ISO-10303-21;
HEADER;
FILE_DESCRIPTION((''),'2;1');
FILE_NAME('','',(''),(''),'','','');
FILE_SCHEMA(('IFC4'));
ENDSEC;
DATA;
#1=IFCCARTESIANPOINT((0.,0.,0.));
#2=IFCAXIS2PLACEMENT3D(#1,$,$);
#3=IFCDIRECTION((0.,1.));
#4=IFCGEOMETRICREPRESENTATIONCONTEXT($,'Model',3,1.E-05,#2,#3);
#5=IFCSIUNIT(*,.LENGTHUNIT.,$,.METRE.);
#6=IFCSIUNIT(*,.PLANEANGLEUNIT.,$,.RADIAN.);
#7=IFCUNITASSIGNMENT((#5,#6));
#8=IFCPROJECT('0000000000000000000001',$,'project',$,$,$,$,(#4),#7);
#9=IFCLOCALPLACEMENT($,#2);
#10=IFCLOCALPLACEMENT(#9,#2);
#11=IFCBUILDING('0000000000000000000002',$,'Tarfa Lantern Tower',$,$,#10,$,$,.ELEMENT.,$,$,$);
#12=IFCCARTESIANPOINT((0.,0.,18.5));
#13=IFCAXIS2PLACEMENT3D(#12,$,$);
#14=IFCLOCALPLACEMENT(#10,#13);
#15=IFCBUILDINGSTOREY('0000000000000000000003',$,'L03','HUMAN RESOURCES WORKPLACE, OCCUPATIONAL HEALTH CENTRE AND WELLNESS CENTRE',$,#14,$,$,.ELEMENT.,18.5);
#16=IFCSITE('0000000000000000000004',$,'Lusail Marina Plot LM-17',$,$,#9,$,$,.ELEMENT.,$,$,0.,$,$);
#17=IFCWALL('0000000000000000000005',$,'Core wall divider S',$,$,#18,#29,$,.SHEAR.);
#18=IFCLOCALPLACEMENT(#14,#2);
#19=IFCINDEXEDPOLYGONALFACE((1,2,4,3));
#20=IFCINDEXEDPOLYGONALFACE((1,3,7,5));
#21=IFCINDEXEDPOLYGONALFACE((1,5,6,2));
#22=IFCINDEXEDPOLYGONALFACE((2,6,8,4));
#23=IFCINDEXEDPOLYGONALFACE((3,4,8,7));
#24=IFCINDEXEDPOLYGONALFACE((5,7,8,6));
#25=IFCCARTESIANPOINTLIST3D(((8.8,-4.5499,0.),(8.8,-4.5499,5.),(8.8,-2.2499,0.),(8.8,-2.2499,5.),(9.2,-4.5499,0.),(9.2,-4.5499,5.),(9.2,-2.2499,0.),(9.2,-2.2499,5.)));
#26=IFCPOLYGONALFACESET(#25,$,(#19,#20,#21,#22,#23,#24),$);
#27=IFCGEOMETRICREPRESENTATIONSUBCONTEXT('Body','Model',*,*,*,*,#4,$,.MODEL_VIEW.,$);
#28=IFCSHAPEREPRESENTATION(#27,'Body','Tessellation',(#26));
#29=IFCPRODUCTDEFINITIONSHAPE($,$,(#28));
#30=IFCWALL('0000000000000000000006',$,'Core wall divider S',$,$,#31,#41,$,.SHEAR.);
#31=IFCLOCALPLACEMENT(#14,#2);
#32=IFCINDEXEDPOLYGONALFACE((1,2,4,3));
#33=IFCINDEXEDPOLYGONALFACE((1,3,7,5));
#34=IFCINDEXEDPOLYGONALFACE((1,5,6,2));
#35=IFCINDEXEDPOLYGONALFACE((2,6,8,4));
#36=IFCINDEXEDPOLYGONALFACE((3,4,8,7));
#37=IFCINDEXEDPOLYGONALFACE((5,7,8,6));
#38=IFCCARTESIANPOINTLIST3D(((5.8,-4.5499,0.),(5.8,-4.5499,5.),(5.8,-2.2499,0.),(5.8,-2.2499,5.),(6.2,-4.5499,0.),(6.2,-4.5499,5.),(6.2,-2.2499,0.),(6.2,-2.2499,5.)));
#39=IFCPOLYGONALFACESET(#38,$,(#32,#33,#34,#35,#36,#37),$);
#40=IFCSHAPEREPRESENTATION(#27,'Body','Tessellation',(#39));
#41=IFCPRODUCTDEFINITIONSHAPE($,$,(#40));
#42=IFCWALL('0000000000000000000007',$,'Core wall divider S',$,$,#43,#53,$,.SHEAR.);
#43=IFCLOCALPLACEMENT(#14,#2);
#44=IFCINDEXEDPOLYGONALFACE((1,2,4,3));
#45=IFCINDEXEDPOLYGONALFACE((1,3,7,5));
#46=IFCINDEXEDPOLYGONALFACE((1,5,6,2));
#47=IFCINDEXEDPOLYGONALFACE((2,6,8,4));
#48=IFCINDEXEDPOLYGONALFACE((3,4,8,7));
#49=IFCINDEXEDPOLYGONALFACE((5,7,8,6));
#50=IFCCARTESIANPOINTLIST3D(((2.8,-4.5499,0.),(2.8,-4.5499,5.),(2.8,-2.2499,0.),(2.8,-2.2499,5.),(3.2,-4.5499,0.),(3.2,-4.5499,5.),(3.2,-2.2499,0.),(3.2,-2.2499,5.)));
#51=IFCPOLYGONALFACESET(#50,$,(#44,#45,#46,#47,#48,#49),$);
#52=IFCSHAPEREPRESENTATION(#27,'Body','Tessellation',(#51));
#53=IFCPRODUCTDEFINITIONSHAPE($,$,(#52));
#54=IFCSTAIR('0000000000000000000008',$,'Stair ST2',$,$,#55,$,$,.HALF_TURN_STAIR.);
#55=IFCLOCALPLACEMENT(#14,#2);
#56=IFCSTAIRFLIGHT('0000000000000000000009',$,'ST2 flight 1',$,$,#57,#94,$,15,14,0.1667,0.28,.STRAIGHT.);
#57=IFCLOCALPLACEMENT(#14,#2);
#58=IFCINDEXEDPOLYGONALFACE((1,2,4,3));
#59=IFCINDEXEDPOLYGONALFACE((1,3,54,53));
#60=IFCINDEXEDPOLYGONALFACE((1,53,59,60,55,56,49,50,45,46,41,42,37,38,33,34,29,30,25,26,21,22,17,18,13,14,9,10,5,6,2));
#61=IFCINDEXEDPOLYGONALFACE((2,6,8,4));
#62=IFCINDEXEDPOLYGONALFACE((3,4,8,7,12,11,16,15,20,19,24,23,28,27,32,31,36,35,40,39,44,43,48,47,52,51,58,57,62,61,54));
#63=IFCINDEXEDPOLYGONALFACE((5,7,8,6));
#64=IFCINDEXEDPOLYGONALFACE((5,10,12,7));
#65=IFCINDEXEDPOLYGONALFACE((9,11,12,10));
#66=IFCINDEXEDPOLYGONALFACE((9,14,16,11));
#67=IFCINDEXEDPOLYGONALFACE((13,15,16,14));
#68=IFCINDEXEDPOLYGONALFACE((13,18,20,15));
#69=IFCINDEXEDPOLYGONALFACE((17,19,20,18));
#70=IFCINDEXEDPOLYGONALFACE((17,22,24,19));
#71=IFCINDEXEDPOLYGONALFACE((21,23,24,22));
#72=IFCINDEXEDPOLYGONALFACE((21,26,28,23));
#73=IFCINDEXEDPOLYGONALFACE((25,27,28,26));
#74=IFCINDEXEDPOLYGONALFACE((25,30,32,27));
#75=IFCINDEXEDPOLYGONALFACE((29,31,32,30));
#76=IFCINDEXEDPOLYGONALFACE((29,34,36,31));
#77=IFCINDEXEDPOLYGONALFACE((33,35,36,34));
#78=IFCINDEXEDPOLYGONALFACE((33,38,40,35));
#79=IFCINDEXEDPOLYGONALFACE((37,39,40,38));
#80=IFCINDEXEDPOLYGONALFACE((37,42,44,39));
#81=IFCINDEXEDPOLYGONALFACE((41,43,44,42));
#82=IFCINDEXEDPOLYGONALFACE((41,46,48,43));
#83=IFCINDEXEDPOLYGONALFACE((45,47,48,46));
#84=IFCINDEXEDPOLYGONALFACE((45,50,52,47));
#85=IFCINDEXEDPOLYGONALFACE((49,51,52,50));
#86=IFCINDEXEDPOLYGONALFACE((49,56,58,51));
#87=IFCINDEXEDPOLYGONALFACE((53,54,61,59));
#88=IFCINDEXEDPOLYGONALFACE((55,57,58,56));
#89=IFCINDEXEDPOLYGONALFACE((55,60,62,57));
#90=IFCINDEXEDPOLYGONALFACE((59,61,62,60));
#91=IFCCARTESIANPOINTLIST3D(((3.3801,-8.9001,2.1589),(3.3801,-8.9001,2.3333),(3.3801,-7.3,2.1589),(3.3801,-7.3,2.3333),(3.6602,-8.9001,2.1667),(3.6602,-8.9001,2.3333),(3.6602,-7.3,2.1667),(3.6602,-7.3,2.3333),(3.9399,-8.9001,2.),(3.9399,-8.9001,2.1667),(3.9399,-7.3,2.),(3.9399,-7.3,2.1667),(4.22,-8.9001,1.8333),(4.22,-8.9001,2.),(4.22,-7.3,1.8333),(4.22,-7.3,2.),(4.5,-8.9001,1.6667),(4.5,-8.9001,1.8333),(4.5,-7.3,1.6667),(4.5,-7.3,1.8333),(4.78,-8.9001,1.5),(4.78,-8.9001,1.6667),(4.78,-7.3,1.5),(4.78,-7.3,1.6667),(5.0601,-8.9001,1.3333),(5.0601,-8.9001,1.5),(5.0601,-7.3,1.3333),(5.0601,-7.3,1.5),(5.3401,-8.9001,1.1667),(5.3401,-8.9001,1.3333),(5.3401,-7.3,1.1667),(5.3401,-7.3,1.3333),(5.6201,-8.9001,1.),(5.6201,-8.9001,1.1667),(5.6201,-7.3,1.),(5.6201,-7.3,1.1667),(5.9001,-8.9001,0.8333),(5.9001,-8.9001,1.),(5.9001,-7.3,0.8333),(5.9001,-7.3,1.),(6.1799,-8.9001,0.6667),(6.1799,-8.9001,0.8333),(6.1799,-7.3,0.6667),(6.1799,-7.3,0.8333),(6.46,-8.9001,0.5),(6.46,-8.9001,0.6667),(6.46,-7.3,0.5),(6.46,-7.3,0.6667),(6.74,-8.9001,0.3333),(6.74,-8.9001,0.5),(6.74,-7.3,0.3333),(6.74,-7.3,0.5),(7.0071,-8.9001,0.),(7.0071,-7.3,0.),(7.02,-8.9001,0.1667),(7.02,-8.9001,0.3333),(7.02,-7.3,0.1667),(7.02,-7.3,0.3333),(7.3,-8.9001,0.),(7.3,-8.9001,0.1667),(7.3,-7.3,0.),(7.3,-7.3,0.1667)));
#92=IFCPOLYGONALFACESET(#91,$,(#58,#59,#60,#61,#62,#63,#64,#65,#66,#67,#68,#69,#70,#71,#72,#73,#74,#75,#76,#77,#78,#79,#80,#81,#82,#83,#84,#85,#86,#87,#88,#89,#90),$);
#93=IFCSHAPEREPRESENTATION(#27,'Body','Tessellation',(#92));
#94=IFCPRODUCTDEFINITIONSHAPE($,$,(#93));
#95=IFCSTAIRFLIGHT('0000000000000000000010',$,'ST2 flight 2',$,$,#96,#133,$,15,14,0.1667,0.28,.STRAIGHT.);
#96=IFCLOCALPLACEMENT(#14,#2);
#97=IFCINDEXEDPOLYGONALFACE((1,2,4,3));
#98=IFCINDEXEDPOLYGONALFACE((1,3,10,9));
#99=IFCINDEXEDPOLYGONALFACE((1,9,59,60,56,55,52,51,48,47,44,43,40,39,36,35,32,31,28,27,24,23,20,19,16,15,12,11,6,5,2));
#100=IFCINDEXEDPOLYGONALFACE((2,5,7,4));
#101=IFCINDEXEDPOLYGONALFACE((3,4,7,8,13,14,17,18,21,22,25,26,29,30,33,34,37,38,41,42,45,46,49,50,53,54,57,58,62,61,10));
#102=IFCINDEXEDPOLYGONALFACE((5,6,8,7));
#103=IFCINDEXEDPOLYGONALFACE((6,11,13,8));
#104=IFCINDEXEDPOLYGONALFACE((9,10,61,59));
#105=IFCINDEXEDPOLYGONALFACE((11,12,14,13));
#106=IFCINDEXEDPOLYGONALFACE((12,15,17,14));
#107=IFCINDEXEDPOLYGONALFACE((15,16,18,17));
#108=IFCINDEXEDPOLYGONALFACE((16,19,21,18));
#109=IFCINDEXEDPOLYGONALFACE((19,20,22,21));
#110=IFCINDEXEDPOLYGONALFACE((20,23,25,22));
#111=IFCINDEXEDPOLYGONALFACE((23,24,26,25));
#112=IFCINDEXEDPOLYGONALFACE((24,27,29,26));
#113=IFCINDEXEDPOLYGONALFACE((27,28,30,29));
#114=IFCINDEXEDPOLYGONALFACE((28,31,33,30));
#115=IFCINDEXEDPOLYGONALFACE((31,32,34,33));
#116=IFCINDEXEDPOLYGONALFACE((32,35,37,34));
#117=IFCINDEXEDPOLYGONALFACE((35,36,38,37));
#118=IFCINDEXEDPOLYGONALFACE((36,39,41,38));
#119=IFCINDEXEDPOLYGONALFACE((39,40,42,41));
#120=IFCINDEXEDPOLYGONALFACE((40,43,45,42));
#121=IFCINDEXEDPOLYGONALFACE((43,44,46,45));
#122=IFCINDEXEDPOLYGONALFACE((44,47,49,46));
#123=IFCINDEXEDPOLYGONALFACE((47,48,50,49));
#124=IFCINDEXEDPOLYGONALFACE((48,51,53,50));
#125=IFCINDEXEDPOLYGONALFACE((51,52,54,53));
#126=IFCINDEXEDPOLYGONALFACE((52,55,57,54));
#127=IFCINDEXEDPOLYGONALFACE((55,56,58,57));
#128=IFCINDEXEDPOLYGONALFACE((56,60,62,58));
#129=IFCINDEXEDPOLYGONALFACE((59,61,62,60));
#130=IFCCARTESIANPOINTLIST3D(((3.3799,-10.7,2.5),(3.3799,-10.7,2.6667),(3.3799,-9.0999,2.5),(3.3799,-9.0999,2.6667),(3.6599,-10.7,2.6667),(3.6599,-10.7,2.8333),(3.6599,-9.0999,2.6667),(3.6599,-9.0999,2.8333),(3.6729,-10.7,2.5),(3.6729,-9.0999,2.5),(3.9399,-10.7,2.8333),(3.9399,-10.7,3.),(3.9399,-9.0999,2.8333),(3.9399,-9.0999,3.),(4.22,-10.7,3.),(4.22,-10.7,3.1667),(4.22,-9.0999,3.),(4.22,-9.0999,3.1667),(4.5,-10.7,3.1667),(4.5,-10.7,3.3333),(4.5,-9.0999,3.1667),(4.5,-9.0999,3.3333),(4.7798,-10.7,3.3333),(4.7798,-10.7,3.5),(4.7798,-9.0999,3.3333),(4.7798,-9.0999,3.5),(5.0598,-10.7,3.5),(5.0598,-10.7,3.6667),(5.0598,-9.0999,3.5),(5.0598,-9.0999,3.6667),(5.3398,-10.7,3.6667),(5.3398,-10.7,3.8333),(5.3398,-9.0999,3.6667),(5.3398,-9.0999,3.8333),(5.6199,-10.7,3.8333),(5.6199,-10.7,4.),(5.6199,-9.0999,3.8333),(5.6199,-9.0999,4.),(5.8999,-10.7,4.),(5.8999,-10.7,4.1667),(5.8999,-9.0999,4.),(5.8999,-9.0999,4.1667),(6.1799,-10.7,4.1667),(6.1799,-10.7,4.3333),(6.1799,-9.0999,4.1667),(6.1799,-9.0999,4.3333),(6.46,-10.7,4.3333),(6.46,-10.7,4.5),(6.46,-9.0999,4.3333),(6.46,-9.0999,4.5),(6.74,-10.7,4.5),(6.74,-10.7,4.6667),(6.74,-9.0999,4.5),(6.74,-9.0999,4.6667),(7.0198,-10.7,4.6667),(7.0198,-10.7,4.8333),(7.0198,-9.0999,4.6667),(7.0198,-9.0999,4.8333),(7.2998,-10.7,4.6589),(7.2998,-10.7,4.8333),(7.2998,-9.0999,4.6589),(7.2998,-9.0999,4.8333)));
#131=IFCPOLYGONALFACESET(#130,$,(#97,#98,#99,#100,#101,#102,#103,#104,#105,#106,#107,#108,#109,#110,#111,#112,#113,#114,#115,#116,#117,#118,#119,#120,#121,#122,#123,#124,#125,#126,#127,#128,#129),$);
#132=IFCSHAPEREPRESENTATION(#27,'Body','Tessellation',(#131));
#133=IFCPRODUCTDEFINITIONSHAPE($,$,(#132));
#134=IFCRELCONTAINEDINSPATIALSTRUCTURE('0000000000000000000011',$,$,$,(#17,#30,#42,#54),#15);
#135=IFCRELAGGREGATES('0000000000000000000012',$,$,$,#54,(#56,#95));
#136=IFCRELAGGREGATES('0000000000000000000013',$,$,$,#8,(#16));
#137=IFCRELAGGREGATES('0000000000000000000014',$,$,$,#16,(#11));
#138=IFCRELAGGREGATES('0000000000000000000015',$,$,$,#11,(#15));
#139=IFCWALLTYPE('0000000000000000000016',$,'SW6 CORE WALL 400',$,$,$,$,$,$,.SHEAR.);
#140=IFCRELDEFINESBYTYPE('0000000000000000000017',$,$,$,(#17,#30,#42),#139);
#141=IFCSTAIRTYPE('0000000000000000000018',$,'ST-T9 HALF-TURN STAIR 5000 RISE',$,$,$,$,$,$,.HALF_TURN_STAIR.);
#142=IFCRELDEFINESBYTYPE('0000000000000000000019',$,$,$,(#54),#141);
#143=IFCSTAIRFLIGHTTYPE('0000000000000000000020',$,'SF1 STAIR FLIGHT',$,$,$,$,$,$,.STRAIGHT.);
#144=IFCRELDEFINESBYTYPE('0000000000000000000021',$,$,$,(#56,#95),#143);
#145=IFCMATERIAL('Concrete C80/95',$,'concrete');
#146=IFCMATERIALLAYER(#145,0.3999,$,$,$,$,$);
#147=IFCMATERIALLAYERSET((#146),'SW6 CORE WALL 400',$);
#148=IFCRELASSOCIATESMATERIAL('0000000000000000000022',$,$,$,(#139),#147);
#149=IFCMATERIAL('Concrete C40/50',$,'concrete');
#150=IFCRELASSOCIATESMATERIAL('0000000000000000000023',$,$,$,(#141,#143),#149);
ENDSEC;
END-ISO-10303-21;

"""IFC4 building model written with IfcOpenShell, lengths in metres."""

from ifc_helpers import new_model, si_unit, direction, frame, frame_2d, origin, place, context, subcontext, project, spatial, polyline, rectangle, outline, extrude, material, layer, layer_set, type_object, element, aggregate, save


model = new_model("IFC4")

# Units and contexts
model_context = context("Model", 3, precision=1e-05, world=origin(), true_north=direction((0.0, 1.0)))
body_context = subcontext(model_context, "Body", "Model", "MODEL_VIEW")
ifc_project = project(units=[si_unit("LENGTHUNIT", "METRE"), si_unit("PLANEANGLEUNIT", "RADIAN")], contexts=[model_context])

# Site, building, storey
site_placement = place(None, origin())
site = spatial("IfcSite", under=ifc_project, at=site_placement, Name="Lusail Marina Plot LM-17", CompositionType="ELEMENT", RefElevation=0.0)
building_placement = place(site_placement, origin())
building = spatial("IfcBuilding", under=site, at=building_placement, Name="Tarfa Lantern Tower", CompositionType="ELEMENT")
storey_placement = place(building_placement, frame((0.0, 0.0, 18.5)))
storey = spatial("IfcBuildingStorey", under=building, at=storey_placement, Name="L03", Description="HUMAN RESOURCES WORKPLACE, OCCUPATIONAL HEALTH CENTRE AND WELLNESS CENTRE", CompositionType="ELEMENT", Elevation=18.5)

# Shared definitions
ifc_material_1 = material(Name="Concrete C40/50", Category="concrete")

# Shared definitions
ifc_material_2 = material(Name="Concrete C80/95", Category="concrete")

# Walls
ifc_layer_1 = layer(ifc_material_2, 0.3999)
ifc_layer_set_1 = layer_set([ifc_layer_1], Name="SW6 CORE WALL 400")
wall_type_1 = type_object("IfcWallType", Name="SW6 CORE WALL 400", PredefinedType="SHEAR", material=ifc_layer_set_1)
for number, where, z_axis, x_axis, name in (
    (1, (9.0, -2.25, 0.0), (0.0, 0.0, 1.0), (0.0, -1.0, 0.0), "Core wall divider S"),
    (2, (6.0, -2.25, 0.0), (0.0, 0.0, 1.0), (0.0, -1.0, 0.0), "Core wall divider S"),
    (3, (3.0, -2.25, 0.0), (0.0, 0.0, 1.0), (0.0, -1.0, 0.0), "Core wall divider S"),
):
    element("IfcWall", number, at=place(storey_placement, frame(where, z_axis=z_axis, x_axis=x_axis)), inside=storey, type_object=wall_type_1, Name=name, PredefinedType="SHEAR", context=body_context, shape_type="SweptSolid", body=[
        extrude(rectangle(XDim=2.3, YDim=0.3999, at=frame_2d((1.1499, 0.0))), origin(), (0.0, 0.0, 1.0), 5.0),
    ])

# Stair, stair flights
stair_type = type_object("IfcStairType", Name="ST-T9 HALF-TURN STAIR 5000 RISE", PredefinedType="HALF_TURN_STAIR", material=ifc_material_1)
stair_placement = place(storey_placement, origin())
stair = element("IfcStair", 4, at=stair_placement, inside=storey, type_object=stair_type, Name="Stair ST2", PredefinedType="HALF_TURN_STAIR")
stair_flight_type = type_object("IfcStairFlightType", Name="SF1 STAIR FLIGHT", PredefinedType="STRAIGHT", material=ifc_material_1)
stair_flight_1_placement = place(storey_placement, frame((7.3, -8.1001, 0.0), z_axis=(0.0, 0.0, 1.0), x_axis=(-1.0, 0.0, 0.0)))
stair_flight_1 = element("IfcStairFlight", 5, at=stair_flight_1_placement, type_object=stair_flight_type, Name="ST2 flight 1", NumberOfRisers=15, NumberOfTreads=14, PredefinedType="STRAIGHT", RiserHeight=0.1667, TreadLength=0.28, context=body_context, shape_type="SweptSolid", body=[
    extrude(outline(polyline([(0.0, 0.0), (0.0, 0.1667), (0.28, 0.1667), (0.28, 0.3333), (0.5601, 0.3333), (0.5601, 0.5), (0.8401, 0.5), (0.8401, 0.6667), (1.1201, 0.6667), (1.1201, 0.8333), (1.3999, 0.8333), (1.3999, 1.0), (1.6799, 1.0), (1.6799, 1.1667), (1.96, 1.1667), (1.96, 1.3333), (2.24, 1.3333), (2.24, 1.5), (2.52, 1.5), (2.52, 1.6667), (2.8, 1.6667), (2.8, 1.8333), (3.0801, 1.8333), (3.0801, 2.0), (3.3601, 2.0), (3.3601, 2.1667), (3.6399, 2.1667), (3.6399, 2.3333), (3.9199, 2.3333), (3.9199, 2.5), (3.9199, 2.1589), (0.293, 0.0), (0.0, 0.0)])), frame((0.0, 0.8, 0.0), z_axis=(0.0, -1.0, 0.0), x_axis=(1.0, 0.0, 0.0)), (0.0, 0.0, 1.0), 1.6001),
])
stair_flight_2_placement = place(storey_placement, frame((3.3799, -9.8999, 2.5), z_axis=(0.0, 0.0, 1.0), x_axis=(1.0, 0.0, 0.0)))
stair_flight_2 = element("IfcStairFlight", 6, at=stair_flight_2_placement, type_object=stair_flight_type, Name="ST2 flight 2", NumberOfRisers=15, NumberOfTreads=14, PredefinedType="STRAIGHT", RiserHeight=0.1667, TreadLength=0.28, context=body_context, shape_type="SweptSolid", body=[
    extrude(outline(polyline([(0.0, 0.0), (0.0, 0.1667), (0.28, 0.1667), (0.28, 0.3333), (0.5601, 0.3333), (0.5601, 0.5), (0.8401, 0.5), (0.8401, 0.6667), (1.1201, 0.6667), (1.1201, 0.8333), (1.3999, 0.8333), (1.3999, 1.0), (1.6799, 1.0), (1.6799, 1.1667), (1.96, 1.1667), (1.96, 1.3333), (2.24, 1.3333), (2.24, 1.5), (2.52, 1.5), (2.52, 1.6667), (2.8, 1.6667), (2.8, 1.8333), (3.0801, 1.8333), (3.0801, 2.0), (3.3601, 2.0), (3.3601, 2.1667), (3.6399, 2.1667), (3.6399, 2.3333), (3.9199, 2.3333), (3.9199, 2.5), (3.9199, 2.1589), (0.293, 0.0), (0.0, 0.0)])), frame((0.0, 0.8, 0.0), z_axis=(0.0, -1.0, 0.0), x_axis=(1.0, 0.0, 0.0)), (0.0, 0.0, 1.0), 1.6001),
])
aggregate(stair, [stair_flight_1, stair_flight_2])

save(model, "model.ifc")
